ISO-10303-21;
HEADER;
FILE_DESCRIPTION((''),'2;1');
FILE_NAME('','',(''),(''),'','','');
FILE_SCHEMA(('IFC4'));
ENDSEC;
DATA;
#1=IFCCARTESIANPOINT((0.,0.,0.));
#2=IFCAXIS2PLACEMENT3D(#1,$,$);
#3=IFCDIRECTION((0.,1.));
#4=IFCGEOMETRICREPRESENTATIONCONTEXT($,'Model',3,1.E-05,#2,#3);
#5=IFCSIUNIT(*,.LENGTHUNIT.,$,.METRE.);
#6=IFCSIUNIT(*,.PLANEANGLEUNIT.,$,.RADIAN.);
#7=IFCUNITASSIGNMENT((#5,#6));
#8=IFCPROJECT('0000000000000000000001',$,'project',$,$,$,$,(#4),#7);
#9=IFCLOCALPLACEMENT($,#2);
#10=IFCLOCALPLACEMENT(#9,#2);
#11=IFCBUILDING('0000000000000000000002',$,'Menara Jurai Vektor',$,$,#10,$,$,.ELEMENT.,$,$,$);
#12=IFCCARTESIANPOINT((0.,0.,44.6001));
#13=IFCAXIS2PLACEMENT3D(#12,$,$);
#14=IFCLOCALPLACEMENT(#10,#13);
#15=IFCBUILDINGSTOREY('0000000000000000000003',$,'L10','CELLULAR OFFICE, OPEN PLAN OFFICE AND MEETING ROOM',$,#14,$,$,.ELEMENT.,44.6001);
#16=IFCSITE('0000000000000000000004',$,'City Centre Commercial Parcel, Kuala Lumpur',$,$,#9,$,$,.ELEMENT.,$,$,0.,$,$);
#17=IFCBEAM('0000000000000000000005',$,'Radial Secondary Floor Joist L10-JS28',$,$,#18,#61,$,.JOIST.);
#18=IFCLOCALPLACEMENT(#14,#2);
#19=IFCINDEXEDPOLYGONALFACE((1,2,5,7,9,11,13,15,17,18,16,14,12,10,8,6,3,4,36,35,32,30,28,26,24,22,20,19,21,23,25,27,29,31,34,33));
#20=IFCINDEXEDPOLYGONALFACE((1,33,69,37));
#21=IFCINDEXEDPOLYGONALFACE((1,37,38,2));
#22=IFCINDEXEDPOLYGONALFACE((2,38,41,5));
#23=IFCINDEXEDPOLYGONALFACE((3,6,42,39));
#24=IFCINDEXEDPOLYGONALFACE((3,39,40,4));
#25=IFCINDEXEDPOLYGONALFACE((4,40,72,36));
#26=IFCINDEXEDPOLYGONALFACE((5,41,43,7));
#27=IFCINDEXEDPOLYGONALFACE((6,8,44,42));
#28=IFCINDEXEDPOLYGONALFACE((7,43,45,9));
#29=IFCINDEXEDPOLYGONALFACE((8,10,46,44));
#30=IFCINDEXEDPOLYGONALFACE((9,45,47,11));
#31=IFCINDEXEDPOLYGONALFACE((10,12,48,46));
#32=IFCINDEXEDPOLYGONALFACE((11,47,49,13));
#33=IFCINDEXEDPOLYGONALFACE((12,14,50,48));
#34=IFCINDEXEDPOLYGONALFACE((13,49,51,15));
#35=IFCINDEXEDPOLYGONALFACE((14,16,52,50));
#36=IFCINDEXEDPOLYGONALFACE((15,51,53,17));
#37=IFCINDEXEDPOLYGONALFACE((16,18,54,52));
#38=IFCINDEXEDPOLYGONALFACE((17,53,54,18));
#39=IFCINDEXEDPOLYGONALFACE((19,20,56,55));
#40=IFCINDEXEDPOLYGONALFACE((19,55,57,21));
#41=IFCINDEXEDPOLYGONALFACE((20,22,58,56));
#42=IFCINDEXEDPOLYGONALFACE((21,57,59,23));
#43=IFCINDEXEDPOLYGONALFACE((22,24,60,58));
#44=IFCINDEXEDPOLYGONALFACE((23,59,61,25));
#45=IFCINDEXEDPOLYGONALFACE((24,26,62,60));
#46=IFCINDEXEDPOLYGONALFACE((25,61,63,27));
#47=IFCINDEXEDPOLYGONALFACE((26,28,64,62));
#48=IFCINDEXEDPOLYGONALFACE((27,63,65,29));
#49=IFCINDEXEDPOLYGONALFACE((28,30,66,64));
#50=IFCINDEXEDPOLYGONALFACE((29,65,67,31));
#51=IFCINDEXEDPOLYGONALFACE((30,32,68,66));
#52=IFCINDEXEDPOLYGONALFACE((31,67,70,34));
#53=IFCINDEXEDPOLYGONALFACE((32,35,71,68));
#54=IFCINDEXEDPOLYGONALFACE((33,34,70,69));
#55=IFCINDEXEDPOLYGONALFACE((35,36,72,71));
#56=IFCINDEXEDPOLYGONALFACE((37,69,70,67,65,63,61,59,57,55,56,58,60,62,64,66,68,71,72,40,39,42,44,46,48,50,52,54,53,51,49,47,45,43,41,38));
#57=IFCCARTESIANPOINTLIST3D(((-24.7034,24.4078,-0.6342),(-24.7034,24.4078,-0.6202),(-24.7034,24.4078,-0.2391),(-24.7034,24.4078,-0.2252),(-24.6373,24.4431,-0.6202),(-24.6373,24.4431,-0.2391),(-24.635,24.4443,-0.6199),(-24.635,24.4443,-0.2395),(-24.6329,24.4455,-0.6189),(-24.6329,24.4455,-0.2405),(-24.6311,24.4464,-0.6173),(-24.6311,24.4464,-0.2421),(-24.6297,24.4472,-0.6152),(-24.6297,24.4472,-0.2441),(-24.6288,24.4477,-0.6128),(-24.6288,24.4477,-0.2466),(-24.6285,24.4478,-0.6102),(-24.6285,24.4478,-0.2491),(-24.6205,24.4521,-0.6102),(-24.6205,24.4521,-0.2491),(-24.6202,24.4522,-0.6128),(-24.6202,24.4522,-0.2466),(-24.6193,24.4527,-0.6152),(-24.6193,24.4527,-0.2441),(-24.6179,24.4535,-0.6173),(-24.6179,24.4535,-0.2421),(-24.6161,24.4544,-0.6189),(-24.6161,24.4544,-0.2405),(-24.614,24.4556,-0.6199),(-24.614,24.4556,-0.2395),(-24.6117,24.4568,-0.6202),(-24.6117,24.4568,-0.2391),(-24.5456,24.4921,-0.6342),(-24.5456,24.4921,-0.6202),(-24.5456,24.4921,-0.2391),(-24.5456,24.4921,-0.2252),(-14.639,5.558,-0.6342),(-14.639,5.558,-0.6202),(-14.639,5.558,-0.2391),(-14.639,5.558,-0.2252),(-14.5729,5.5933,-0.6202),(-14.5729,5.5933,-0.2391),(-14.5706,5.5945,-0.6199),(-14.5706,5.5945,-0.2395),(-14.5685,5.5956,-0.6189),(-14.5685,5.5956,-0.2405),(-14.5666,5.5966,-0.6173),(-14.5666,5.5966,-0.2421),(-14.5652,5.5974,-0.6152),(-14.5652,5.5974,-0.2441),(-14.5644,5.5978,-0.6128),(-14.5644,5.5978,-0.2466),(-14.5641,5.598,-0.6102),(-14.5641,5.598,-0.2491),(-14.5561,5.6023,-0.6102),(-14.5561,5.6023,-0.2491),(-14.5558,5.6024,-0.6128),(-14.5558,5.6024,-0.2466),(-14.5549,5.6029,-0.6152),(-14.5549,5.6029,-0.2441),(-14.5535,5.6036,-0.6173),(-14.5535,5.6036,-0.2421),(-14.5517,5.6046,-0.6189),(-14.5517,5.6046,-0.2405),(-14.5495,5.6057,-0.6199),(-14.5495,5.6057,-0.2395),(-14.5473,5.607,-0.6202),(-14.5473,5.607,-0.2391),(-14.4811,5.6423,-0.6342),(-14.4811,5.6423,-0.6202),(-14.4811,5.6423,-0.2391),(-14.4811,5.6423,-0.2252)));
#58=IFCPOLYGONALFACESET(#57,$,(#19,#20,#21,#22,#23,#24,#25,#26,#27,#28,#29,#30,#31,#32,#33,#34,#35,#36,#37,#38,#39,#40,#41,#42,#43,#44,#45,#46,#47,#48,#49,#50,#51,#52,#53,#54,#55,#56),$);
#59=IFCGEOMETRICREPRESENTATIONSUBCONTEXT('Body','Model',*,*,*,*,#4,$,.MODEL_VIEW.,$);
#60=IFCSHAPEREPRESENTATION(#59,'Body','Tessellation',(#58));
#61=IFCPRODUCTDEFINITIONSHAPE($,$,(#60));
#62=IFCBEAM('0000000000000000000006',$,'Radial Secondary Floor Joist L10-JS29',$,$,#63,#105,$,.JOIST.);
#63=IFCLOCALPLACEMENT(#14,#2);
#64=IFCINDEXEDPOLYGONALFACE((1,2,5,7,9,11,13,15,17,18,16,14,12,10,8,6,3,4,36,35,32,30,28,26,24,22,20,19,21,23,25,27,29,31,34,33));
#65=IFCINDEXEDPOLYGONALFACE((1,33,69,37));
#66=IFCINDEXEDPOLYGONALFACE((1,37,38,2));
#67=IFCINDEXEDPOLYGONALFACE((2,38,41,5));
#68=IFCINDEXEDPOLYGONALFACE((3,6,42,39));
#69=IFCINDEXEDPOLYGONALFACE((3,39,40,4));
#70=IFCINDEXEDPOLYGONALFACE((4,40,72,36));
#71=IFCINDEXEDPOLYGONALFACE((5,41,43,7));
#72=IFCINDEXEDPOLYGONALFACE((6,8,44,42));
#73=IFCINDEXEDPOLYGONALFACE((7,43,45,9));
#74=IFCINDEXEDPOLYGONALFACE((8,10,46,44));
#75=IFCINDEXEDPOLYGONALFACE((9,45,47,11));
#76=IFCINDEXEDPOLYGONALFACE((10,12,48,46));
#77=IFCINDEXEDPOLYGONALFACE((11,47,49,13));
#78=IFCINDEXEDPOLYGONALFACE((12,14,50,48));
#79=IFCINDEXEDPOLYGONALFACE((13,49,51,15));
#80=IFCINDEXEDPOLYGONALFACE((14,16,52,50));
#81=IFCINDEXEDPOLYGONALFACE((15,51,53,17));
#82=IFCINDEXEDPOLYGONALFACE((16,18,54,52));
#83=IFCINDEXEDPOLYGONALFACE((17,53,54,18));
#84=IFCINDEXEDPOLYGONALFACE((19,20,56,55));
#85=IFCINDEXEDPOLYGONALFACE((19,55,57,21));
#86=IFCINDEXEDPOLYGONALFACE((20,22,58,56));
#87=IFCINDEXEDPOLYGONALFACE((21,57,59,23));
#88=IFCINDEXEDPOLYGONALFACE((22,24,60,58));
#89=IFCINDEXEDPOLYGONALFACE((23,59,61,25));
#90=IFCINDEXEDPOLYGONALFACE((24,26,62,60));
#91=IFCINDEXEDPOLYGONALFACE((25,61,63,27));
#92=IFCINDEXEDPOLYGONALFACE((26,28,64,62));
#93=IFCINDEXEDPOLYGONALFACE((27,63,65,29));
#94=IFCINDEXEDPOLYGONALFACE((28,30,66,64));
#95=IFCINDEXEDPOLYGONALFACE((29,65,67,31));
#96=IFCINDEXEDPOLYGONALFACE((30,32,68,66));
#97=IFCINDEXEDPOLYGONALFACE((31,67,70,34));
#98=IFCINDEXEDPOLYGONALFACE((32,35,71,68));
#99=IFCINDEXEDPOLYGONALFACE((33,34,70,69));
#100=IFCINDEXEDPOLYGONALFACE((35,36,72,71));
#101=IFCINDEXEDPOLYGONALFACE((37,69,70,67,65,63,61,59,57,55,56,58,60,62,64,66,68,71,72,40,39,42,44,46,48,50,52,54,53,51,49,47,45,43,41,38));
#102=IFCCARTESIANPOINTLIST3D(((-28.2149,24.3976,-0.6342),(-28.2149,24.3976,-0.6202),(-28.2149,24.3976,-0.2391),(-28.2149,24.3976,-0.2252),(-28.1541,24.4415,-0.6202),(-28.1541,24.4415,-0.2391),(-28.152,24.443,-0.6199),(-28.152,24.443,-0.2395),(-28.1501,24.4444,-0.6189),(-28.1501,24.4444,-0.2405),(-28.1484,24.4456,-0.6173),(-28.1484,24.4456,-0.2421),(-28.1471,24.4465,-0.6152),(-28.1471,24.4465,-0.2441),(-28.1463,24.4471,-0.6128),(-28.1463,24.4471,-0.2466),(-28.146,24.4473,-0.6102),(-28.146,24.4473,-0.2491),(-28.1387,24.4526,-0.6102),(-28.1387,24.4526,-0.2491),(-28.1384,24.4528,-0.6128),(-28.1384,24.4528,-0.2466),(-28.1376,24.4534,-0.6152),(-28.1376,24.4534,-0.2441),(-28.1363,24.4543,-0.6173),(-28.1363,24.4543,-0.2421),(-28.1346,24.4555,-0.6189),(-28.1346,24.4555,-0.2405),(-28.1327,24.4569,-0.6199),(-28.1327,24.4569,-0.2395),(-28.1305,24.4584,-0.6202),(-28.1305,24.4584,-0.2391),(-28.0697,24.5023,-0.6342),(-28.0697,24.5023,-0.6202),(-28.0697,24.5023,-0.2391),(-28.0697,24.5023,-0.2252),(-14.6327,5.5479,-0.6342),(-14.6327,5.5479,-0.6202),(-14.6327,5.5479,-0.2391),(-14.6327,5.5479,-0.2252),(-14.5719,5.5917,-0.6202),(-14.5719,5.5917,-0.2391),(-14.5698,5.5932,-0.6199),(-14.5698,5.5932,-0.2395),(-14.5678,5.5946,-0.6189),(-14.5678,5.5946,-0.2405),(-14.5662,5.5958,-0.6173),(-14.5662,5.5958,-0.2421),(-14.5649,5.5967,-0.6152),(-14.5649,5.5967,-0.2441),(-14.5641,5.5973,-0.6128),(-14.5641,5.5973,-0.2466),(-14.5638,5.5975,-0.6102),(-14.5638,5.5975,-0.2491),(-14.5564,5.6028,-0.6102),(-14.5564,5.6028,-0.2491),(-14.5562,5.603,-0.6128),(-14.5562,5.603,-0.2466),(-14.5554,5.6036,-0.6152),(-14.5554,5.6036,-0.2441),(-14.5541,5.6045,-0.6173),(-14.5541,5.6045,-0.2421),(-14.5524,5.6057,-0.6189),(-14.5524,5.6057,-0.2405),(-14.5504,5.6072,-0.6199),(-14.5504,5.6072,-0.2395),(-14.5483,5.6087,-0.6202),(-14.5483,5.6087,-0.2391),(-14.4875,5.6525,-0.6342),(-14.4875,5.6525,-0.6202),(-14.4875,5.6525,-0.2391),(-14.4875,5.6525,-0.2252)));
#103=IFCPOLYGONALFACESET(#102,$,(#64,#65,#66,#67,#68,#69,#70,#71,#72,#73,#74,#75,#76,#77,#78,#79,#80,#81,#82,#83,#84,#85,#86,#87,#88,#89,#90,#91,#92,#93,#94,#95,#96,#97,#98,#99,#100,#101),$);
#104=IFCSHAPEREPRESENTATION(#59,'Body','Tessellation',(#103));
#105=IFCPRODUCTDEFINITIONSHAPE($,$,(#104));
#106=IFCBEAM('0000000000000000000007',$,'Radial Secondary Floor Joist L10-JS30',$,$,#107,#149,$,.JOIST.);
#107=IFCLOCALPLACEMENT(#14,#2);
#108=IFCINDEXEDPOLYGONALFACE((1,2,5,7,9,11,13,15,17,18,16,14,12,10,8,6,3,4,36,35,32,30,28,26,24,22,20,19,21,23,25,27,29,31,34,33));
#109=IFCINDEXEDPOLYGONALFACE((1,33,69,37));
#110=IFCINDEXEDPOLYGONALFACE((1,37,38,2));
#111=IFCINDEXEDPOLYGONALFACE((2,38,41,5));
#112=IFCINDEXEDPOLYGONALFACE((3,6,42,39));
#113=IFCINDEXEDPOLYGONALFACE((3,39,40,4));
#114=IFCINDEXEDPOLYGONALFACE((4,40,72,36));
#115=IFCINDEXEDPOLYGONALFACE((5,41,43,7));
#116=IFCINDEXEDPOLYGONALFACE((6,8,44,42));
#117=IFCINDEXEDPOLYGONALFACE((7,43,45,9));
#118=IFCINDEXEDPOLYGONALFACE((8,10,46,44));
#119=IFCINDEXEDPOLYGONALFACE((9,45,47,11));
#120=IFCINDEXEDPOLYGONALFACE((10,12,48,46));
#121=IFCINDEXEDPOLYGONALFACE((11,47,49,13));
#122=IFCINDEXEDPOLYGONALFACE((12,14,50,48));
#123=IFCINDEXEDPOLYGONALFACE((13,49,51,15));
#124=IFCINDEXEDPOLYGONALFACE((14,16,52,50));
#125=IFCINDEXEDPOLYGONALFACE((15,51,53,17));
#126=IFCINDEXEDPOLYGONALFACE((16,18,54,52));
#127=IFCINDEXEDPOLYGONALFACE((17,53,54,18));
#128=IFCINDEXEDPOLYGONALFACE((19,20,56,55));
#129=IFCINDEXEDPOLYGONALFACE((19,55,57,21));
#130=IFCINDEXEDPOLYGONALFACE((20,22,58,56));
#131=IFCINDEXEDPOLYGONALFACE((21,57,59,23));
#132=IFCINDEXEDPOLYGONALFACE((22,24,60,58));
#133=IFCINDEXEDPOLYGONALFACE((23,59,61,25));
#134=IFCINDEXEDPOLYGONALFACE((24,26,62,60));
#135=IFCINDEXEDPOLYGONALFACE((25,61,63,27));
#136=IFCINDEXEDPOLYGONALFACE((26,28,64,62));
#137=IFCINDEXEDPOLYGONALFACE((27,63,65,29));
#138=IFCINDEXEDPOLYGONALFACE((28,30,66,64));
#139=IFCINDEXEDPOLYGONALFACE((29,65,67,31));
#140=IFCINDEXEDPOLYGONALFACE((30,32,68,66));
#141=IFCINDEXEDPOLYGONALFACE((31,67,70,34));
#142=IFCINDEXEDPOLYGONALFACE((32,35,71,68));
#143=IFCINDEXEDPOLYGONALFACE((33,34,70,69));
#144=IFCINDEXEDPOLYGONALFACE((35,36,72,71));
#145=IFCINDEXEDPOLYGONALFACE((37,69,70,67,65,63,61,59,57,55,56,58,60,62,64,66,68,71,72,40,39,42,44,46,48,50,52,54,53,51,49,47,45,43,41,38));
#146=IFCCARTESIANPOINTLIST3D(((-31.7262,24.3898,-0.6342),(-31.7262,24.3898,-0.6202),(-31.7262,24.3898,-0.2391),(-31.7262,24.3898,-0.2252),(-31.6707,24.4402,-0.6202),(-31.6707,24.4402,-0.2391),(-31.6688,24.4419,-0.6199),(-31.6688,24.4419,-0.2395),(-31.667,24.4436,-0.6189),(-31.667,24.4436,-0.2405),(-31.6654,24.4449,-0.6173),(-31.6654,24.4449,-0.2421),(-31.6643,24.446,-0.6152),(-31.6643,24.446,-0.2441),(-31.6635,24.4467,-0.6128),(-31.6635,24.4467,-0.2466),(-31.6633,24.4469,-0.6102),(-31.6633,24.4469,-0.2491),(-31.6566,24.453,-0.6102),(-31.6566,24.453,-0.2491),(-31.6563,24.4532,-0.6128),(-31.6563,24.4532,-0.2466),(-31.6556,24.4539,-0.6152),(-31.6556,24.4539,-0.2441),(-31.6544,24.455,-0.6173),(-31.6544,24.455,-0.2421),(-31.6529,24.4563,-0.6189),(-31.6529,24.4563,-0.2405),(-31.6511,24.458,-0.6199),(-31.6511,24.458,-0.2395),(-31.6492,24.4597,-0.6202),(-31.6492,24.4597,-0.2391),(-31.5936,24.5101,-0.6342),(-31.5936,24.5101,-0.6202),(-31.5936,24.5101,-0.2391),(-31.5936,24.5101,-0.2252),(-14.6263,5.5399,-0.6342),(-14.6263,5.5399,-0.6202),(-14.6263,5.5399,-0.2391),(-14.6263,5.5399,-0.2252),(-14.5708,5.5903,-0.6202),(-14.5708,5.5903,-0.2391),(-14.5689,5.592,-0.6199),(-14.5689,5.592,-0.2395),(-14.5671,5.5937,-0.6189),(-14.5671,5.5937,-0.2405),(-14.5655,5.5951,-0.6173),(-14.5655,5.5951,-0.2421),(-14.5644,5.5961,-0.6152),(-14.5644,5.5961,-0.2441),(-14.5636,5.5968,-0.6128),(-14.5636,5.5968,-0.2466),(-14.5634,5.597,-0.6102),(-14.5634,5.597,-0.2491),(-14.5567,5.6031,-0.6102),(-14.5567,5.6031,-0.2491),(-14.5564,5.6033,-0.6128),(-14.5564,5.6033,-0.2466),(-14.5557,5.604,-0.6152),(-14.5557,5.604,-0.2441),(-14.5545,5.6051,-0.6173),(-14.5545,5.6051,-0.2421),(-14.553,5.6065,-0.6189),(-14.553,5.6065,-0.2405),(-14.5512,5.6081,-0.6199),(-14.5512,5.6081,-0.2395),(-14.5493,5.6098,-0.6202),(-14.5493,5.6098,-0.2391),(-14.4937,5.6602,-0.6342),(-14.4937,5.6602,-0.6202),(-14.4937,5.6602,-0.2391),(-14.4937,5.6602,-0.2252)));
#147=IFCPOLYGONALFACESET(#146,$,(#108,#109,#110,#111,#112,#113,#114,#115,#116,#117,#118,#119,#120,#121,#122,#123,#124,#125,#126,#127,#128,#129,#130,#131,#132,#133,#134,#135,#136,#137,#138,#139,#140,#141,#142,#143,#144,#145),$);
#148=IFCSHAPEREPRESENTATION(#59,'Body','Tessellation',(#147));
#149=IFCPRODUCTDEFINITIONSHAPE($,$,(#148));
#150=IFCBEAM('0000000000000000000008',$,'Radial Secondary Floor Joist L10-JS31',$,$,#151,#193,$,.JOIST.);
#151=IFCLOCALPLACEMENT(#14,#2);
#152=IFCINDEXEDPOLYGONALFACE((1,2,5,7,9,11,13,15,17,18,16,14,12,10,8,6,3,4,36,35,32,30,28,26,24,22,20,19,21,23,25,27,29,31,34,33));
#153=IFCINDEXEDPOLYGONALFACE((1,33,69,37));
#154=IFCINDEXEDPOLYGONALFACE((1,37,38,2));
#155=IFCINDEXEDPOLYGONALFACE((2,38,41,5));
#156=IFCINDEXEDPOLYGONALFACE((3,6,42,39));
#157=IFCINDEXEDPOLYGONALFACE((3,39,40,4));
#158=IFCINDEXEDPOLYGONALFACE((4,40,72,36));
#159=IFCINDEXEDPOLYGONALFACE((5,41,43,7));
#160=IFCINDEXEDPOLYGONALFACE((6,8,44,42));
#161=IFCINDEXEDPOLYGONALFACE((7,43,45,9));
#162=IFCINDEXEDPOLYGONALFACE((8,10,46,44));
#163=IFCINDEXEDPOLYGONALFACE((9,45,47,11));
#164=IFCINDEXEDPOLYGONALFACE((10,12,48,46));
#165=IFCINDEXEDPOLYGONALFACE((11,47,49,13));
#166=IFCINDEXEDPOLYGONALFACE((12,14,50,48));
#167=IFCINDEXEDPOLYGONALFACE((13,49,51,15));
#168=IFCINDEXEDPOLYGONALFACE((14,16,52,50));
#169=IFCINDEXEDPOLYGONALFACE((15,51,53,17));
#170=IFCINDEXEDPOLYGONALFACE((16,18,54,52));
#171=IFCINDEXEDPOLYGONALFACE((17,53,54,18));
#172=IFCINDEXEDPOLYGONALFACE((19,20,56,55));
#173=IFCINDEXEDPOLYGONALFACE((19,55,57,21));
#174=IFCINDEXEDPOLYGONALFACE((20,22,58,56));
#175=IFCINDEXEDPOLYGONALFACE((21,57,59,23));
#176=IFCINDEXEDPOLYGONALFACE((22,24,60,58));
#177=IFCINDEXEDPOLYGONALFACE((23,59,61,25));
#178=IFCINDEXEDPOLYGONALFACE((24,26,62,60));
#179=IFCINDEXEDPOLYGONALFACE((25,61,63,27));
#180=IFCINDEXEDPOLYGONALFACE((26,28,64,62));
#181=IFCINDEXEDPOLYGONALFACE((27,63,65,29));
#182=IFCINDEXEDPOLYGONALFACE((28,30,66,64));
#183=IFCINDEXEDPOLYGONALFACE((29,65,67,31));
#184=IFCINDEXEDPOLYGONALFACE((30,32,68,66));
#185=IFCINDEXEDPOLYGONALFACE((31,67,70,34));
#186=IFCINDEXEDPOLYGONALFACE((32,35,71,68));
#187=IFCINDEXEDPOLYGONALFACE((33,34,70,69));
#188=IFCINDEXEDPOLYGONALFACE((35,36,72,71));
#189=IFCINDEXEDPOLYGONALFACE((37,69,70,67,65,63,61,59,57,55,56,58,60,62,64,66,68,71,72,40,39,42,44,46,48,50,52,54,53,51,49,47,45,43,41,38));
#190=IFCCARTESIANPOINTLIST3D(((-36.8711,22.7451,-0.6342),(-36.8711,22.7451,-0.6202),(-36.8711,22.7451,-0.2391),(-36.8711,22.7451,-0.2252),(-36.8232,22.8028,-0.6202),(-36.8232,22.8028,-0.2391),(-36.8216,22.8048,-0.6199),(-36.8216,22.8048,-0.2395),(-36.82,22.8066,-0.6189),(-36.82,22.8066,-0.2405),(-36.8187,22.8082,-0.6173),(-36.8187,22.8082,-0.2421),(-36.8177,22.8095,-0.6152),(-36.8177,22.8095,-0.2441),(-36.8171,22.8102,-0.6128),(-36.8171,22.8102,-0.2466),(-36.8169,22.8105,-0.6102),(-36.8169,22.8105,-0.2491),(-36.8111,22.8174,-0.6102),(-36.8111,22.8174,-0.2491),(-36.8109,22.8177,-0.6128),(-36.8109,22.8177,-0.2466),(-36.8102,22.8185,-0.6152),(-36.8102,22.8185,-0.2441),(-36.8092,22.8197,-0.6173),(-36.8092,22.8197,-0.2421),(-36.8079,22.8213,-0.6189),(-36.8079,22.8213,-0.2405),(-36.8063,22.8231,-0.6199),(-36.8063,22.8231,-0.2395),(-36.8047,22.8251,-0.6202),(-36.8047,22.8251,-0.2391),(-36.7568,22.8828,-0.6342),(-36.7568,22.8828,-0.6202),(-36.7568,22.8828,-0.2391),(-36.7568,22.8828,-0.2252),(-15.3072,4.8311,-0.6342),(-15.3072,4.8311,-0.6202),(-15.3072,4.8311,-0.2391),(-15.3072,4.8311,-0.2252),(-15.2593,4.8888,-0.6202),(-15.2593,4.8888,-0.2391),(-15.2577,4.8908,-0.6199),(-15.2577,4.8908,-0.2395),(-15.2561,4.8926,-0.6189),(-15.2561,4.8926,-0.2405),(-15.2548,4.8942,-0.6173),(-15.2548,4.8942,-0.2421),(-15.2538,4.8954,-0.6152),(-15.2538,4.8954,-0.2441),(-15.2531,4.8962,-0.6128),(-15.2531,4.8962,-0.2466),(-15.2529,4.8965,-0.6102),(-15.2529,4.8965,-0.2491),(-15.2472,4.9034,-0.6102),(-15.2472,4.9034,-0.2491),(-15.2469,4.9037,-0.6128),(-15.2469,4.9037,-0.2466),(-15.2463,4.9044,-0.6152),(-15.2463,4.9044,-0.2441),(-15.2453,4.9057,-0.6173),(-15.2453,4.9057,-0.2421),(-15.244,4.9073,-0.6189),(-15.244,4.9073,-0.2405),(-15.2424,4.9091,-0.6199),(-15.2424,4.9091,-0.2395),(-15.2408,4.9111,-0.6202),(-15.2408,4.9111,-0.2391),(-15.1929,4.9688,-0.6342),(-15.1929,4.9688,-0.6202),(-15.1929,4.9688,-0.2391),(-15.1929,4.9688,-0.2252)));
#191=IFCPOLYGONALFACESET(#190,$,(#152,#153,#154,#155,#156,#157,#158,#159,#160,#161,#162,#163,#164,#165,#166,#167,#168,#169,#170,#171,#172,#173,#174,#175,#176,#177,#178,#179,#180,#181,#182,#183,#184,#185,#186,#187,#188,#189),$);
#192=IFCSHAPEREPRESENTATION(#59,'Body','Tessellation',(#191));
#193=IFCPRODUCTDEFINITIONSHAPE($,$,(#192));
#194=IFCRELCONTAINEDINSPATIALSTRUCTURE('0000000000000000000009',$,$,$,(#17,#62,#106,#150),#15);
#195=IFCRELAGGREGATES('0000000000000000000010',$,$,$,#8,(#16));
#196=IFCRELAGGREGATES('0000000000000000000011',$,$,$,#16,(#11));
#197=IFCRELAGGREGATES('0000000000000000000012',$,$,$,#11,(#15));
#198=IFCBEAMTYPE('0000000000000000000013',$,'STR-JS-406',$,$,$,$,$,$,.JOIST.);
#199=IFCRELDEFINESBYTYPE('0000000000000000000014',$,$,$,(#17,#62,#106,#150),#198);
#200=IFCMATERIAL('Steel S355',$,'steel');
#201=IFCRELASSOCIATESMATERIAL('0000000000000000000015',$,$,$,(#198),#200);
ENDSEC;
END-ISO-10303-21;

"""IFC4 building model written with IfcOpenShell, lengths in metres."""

from ifc_helpers import new_model, si_unit, direction, frame, origin, origin_2d, place, context, subcontext, project, spatial, i_section, extrude, material, material_profile, profile_set, type_object, element, save


model = new_model("IFC4")

# Units and contexts
model_context = context("Model", 3, precision=1e-05, world=origin(), true_north=direction((0.0, 1.0)))
body_context = subcontext(model_context, "Body", "Model", "MODEL_VIEW")
ifc_project = project(units=[si_unit("LENGTHUNIT", "METRE"), si_unit("PLANEANGLEUNIT", "RADIAN")], contexts=[model_context])

# Site, building, storey
site_placement = place(None, origin())
site = spatial("IfcSite", under=ifc_project, at=site_placement, Name="City Centre Commercial Parcel, Kuala Lumpur", CompositionType="ELEMENT", RefElevation=0.0)
building_placement = place(site_placement, origin())
building = spatial("IfcBuilding", under=site, at=building_placement, Name="Menara Jurai Vektor", CompositionType="ELEMENT")
storey_placement = place(building_placement, frame((0.0, 0.0, 44.6001)))
storey = spatial("IfcBuildingStorey", under=building, at=storey_placement, Name="L10", Description="CELLULAR OFFICE, OPEN PLAN OFFICE AND MEETING ROOM", CompositionType="ELEMENT", Elevation=44.6001)

# Shared definitions
ifc_material_1 = material(Name="Steel S355", Category="steel")

# Beams
ifc_material_profile_1 = material_profile(ifc_material_1, i_section(OverallWidth=0.179, OverallDepth=0.4089, WebThickness=0.009, FlangeThickness=0.0139, FilletRadius=0.01, at=origin_2d()), Name="UKB 406x178x67")
ifc_profile_set_1 = profile_set([ifc_material_profile_1], Name="Steel S355")
beam_type_1 = type_object("IfcBeamType", Name="STR-JS-406", PredefinedType="JOIST", material=ifc_profile_set_1)
beam_1_placement = place(storey_placement, frame((-24.6245, 24.45, -0.4297), z_axis=(0.470996, -0.882135, 0.0), x_axis=(0.882135, 0.470996, 0.0)))
element("IfcBeam", 1, at=beam_1_placement, inside=storey, type_object=beam_type_1, Name="Radial Secondary Floor Joist L10-JS28", PredefinedType="JOIST", context=body_context, shape_type="SweptSolid", body=[
    extrude(i_section(OverallWidth=0.179, OverallDepth=0.4089, WebThickness=0.009, FlangeThickness=0.0139, FilletRadius=0.01, at=origin_2d()), origin(), (0.0, 0.0, 1.0), 21.3684),
])
beam_2_placement = place(storey_placement, frame((-28.1423, 24.45, -0.4297), z_axis=(0.584599, -0.811322, 0.0), x_axis=(0.811322, 0.584599, 0.0)))
element("IfcBeam", 2, at=beam_2_placement, inside=storey, type_object=beam_type_1, Name="Radial Secondary Floor Joist L10-JS29", PredefinedType="JOIST", context=body_context, shape_type="SweptSolid", body=[
    extrude(i_section(OverallWidth=0.179, OverallDepth=0.4089, WebThickness=0.009, FlangeThickness=0.0139, FilletRadius=0.01, at=origin_2d()), origin(), (0.0, 0.0, 1.0), 23.2334),
])
beam_3_placement = place(storey_placement, frame((-31.6599, 24.45, -0.4297), z_axis=(0.67189, -0.740651, 0.0), x_axis=(0.740651, 0.67189, 0.0)))
element("IfcBeam", 3, at=beam_3_placement, inside=storey, type_object=beam_type_1, Name="Radial Secondary Floor Joist L10-JS30", PredefinedType="JOIST", context=body_context, shape_type="SweptSolid", body=[
    extrude(i_section(OverallWidth=0.179, OverallDepth=0.4089, WebThickness=0.009, FlangeThickness=0.0139, FilletRadius=0.01, at=origin_2d()), origin(), (0.0, 0.0, 1.0), 25.4504),
])
beam_4_placement = place(storey_placement, frame((-36.814, 22.814, -0.4297), z_axis=(0.769201, -0.639007, 0.0), x_axis=(0.639007, 0.769201, 0.0)))
element("IfcBeam", 4, at=beam_4_placement, inside=storey, type_object=beam_type_1, Name="Radial Secondary Floor Joist L10-JS31", PredefinedType="JOIST", context=body_context, shape_type="SweptSolid", body=[
    extrude(i_section(OverallWidth=0.179, OverallDepth=0.4089, WebThickness=0.009, FlangeThickness=0.0139, FilletRadius=0.01, at=origin_2d()), origin(), (0.0, 0.0, 1.0), 28.0342),
])

save(model, "model.ifc")
